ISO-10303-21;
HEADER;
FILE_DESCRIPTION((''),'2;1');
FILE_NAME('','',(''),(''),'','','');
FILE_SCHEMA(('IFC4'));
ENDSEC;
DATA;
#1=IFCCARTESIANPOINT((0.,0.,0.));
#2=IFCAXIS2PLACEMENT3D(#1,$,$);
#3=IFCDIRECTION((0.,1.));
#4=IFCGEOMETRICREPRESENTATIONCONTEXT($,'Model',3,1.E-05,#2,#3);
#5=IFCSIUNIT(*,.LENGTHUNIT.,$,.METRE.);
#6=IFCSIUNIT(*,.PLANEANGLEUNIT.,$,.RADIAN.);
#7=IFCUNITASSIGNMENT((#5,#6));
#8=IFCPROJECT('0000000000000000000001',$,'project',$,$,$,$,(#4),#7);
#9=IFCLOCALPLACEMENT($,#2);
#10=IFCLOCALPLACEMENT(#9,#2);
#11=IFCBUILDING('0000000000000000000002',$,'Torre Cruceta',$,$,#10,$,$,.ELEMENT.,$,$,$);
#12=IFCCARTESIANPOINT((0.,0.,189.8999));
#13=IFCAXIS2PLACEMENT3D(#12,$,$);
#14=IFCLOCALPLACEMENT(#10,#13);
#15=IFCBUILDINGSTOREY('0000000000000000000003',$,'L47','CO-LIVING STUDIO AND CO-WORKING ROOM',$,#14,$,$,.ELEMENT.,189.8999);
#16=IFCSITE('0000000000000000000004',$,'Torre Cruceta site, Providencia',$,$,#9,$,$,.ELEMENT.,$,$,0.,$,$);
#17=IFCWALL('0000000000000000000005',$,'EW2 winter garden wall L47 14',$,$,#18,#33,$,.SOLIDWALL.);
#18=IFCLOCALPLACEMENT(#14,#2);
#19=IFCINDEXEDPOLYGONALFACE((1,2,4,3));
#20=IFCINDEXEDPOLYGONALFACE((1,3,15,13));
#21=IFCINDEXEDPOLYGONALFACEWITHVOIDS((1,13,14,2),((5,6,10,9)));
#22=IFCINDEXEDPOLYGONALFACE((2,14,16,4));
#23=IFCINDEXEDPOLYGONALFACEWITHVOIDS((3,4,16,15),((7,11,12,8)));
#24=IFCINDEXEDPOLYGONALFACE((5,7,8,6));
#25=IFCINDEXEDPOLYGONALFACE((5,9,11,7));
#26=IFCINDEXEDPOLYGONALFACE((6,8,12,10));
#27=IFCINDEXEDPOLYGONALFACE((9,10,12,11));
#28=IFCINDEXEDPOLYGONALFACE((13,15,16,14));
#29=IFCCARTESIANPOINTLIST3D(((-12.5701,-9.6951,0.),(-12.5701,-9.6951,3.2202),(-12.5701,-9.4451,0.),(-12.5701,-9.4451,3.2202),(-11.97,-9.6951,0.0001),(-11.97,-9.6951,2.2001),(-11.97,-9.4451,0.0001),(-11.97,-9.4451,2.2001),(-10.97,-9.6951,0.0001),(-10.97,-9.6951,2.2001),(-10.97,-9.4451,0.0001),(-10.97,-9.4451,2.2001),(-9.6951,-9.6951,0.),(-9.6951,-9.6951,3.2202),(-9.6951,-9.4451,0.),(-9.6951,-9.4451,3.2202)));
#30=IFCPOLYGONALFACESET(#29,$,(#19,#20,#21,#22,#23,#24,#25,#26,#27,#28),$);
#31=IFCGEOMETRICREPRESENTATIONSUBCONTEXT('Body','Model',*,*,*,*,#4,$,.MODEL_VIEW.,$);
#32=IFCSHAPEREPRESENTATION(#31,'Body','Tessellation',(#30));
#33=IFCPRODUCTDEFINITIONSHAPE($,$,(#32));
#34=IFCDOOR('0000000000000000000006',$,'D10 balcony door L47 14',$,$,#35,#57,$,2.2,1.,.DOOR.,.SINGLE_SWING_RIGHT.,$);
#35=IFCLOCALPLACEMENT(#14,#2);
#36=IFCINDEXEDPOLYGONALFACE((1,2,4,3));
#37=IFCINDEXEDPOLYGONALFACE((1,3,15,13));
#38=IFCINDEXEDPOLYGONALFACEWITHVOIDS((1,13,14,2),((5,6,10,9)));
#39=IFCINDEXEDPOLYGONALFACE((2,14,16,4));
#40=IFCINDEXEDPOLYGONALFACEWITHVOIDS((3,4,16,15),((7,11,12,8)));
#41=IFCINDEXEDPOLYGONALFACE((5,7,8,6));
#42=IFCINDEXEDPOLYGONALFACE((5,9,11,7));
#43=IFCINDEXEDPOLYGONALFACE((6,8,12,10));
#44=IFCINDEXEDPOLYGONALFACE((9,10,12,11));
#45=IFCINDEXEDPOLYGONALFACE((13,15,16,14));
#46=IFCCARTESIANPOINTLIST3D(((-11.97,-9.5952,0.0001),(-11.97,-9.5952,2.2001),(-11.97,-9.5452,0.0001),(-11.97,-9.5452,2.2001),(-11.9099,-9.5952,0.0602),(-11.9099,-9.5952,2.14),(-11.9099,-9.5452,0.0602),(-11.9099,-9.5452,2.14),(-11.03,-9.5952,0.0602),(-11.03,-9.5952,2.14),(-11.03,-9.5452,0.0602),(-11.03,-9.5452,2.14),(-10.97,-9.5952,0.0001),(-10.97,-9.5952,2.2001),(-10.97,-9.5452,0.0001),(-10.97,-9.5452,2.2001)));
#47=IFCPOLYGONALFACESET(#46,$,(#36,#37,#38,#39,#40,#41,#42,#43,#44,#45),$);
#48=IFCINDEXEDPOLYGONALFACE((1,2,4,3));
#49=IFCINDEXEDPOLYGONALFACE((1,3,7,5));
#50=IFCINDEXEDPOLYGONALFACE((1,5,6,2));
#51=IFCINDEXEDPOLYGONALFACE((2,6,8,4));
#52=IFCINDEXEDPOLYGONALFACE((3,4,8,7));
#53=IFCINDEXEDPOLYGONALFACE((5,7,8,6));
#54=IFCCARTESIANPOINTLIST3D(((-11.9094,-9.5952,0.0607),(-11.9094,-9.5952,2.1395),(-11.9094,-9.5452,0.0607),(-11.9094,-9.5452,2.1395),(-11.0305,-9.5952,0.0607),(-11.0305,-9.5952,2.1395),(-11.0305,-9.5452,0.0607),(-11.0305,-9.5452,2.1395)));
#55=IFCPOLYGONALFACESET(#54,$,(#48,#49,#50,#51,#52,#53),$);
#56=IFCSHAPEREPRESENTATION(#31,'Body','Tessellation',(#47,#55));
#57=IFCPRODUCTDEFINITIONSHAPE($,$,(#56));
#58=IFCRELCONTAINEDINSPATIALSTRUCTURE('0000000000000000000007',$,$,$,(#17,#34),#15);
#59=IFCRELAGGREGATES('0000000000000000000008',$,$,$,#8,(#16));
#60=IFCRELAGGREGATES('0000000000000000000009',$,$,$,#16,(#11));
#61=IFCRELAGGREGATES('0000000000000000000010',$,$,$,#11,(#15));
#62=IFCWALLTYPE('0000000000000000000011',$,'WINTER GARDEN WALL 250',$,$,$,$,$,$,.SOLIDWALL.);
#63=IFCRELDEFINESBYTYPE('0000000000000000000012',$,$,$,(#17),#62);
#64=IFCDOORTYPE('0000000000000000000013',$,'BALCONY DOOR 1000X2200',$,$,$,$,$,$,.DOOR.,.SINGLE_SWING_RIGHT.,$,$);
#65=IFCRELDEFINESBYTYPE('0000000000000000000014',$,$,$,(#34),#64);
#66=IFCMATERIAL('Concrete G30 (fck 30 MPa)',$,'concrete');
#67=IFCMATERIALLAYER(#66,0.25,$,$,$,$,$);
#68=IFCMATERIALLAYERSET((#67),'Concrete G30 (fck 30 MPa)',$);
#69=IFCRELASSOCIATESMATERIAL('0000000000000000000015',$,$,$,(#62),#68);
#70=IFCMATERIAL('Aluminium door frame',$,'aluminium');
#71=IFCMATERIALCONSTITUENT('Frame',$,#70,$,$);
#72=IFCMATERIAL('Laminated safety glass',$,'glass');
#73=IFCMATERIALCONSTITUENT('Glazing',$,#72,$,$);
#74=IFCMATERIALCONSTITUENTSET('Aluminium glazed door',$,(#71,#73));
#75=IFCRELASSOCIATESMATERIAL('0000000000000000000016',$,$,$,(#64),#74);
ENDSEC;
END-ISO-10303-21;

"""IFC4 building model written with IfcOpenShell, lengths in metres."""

from ifc_helpers import new_model, si_unit, direction, frame, frame_2d, origin, place, context, subcontext, project, spatial, rectangle, hollow_rectangle, extrude, material, layer, layer_set, constituent, constituent_set, type_object, element, fill, save


model = new_model("IFC4")

# Units and contexts
model_context = context("Model", 3, precision=1e-05, world=origin(), true_north=direction((0.0, 1.0)))
body_context = subcontext(model_context, "Body", "Model", "MODEL_VIEW")
ifc_project = project(units=[si_unit("LENGTHUNIT", "METRE"), si_unit("PLANEANGLEUNIT", "RADIAN")], contexts=[model_context])

# Site, building, storey
site_placement = place(None, origin())
site = spatial("IfcSite", under=ifc_project, at=site_placement, Name="Torre Cruceta site, Providencia", CompositionType="ELEMENT", RefElevation=0.0)
building_placement = place(site_placement, origin())
building = spatial("IfcBuilding", under=site, at=building_placement, Name="Torre Cruceta", CompositionType="ELEMENT")
storey_placement = place(building_placement, frame((0.0, 0.0, 189.8999)))
storey = spatial("IfcBuildingStorey", under=building, at=storey_placement, Name="L47", Description="CO-LIVING STUDIO AND CO-WORKING ROOM", CompositionType="ELEMENT", Elevation=189.8999)

# Wall, opening, door
ifc_material_1 = material(Name="Concrete G30 (fck 30 MPa)", Category="concrete")
ifc_layer_1 = layer(ifc_material_1, 0.25)
ifc_layer_set_1 = layer_set([ifc_layer_1], Name="Concrete G30 (fck 30 MPa)")
wall_type_1 = type_object("IfcWallType", Name="WINTER GARDEN WALL 250", PredefinedType="SOLIDWALL", material=ifc_layer_set_1)
wall_1_placement = place(storey_placement, frame((-12.5701, -9.5701, 0.0), z_axis=(0.0, 0.0, 1.0), x_axis=(1.0, 0.0, 0.0)))
wall_1 = element("IfcWall", 1, at=wall_1_placement, inside=storey, type_object=wall_type_1, Name="EW2 winter garden wall L47 14", PredefinedType="SOLIDWALL", context=body_context, shape_type="SweptSolid", body=[
    extrude(rectangle(XDim=2.875, YDim=0.25, at=frame_2d((1.4375, 0.0))), origin(), (0.0, 0.0, 1.0), 3.2202),
])
opening_1_placement = place(wall_1_placement, frame((0.6001, 0.0, 0.0)))
opening_1 = element("IfcOpeningElement", 2, at=opening_1_placement, cuts=wall_1, PredefinedType="OPENING", context=body_context, shape_type="SweptSolid", body=[
    extrude(rectangle(XDim=1.0, YDim=2.2, at=frame_2d((0.5, 1.1001))), frame((0.0, 0.135, 0.0), z_axis=(0.0, -1.0, 0.0), x_axis=(1.0, 0.0, 0.0)), (0.0, 0.0, 1.0), 0.27),
])
ifc_material_2 = material(Name="Aluminium door frame", Category="aluminium")
ifc_constituent_1 = constituent(ifc_material_2, Name="Frame")
ifc_material_3 = material(Name="Laminated safety glass", Category="glass")
ifc_constituent_2 = constituent(ifc_material_3, Name="Glazing")
ifc_constituent_set_1 = constituent_set(constituents=[ifc_constituent_1, ifc_constituent_2], Name="Aluminium glazed door")
door_type_1 = type_object("IfcDoorType", Name="BALCONY DOOR 1000X2200", OperationType="SINGLE_SWING_RIGHT", PredefinedType="DOOR", material=ifc_constituent_set_1)
door_1_placement = place(opening_1_placement, origin())
door_1 = element("IfcDoor", 3, at=door_1_placement, inside=storey, type_object=door_type_1, Name="D10 balcony door L47 14", OperationType="SINGLE_SWING_RIGHT", OverallHeight=2.2, OverallWidth=1.0, PredefinedType="DOOR", context=body_context, shape_type="SweptSolid", body=[
    extrude(hollow_rectangle(XDim=1.0, YDim=2.2, WallThickness=0.0601, at=frame_2d((0.5, 1.1001))), frame((0.0, 0.0249, 0.0), z_axis=(0.0, -1.0, 0.0), x_axis=(1.0, 0.0, 0.0)), (0.0, 0.0, 1.0), 0.05),
    extrude(rectangle(XDim=0.8789, YDim=2.0789, at=frame_2d((0.5, 1.1001))), frame((0.0, 0.0249, 0.0), z_axis=(0.0, -1.0, 0.0), x_axis=(1.0, 0.0, 0.0)), (0.0, 0.0, 1.0), 0.05),
])
fill(opening_1, door_1)

save(model, "model.ifc")
